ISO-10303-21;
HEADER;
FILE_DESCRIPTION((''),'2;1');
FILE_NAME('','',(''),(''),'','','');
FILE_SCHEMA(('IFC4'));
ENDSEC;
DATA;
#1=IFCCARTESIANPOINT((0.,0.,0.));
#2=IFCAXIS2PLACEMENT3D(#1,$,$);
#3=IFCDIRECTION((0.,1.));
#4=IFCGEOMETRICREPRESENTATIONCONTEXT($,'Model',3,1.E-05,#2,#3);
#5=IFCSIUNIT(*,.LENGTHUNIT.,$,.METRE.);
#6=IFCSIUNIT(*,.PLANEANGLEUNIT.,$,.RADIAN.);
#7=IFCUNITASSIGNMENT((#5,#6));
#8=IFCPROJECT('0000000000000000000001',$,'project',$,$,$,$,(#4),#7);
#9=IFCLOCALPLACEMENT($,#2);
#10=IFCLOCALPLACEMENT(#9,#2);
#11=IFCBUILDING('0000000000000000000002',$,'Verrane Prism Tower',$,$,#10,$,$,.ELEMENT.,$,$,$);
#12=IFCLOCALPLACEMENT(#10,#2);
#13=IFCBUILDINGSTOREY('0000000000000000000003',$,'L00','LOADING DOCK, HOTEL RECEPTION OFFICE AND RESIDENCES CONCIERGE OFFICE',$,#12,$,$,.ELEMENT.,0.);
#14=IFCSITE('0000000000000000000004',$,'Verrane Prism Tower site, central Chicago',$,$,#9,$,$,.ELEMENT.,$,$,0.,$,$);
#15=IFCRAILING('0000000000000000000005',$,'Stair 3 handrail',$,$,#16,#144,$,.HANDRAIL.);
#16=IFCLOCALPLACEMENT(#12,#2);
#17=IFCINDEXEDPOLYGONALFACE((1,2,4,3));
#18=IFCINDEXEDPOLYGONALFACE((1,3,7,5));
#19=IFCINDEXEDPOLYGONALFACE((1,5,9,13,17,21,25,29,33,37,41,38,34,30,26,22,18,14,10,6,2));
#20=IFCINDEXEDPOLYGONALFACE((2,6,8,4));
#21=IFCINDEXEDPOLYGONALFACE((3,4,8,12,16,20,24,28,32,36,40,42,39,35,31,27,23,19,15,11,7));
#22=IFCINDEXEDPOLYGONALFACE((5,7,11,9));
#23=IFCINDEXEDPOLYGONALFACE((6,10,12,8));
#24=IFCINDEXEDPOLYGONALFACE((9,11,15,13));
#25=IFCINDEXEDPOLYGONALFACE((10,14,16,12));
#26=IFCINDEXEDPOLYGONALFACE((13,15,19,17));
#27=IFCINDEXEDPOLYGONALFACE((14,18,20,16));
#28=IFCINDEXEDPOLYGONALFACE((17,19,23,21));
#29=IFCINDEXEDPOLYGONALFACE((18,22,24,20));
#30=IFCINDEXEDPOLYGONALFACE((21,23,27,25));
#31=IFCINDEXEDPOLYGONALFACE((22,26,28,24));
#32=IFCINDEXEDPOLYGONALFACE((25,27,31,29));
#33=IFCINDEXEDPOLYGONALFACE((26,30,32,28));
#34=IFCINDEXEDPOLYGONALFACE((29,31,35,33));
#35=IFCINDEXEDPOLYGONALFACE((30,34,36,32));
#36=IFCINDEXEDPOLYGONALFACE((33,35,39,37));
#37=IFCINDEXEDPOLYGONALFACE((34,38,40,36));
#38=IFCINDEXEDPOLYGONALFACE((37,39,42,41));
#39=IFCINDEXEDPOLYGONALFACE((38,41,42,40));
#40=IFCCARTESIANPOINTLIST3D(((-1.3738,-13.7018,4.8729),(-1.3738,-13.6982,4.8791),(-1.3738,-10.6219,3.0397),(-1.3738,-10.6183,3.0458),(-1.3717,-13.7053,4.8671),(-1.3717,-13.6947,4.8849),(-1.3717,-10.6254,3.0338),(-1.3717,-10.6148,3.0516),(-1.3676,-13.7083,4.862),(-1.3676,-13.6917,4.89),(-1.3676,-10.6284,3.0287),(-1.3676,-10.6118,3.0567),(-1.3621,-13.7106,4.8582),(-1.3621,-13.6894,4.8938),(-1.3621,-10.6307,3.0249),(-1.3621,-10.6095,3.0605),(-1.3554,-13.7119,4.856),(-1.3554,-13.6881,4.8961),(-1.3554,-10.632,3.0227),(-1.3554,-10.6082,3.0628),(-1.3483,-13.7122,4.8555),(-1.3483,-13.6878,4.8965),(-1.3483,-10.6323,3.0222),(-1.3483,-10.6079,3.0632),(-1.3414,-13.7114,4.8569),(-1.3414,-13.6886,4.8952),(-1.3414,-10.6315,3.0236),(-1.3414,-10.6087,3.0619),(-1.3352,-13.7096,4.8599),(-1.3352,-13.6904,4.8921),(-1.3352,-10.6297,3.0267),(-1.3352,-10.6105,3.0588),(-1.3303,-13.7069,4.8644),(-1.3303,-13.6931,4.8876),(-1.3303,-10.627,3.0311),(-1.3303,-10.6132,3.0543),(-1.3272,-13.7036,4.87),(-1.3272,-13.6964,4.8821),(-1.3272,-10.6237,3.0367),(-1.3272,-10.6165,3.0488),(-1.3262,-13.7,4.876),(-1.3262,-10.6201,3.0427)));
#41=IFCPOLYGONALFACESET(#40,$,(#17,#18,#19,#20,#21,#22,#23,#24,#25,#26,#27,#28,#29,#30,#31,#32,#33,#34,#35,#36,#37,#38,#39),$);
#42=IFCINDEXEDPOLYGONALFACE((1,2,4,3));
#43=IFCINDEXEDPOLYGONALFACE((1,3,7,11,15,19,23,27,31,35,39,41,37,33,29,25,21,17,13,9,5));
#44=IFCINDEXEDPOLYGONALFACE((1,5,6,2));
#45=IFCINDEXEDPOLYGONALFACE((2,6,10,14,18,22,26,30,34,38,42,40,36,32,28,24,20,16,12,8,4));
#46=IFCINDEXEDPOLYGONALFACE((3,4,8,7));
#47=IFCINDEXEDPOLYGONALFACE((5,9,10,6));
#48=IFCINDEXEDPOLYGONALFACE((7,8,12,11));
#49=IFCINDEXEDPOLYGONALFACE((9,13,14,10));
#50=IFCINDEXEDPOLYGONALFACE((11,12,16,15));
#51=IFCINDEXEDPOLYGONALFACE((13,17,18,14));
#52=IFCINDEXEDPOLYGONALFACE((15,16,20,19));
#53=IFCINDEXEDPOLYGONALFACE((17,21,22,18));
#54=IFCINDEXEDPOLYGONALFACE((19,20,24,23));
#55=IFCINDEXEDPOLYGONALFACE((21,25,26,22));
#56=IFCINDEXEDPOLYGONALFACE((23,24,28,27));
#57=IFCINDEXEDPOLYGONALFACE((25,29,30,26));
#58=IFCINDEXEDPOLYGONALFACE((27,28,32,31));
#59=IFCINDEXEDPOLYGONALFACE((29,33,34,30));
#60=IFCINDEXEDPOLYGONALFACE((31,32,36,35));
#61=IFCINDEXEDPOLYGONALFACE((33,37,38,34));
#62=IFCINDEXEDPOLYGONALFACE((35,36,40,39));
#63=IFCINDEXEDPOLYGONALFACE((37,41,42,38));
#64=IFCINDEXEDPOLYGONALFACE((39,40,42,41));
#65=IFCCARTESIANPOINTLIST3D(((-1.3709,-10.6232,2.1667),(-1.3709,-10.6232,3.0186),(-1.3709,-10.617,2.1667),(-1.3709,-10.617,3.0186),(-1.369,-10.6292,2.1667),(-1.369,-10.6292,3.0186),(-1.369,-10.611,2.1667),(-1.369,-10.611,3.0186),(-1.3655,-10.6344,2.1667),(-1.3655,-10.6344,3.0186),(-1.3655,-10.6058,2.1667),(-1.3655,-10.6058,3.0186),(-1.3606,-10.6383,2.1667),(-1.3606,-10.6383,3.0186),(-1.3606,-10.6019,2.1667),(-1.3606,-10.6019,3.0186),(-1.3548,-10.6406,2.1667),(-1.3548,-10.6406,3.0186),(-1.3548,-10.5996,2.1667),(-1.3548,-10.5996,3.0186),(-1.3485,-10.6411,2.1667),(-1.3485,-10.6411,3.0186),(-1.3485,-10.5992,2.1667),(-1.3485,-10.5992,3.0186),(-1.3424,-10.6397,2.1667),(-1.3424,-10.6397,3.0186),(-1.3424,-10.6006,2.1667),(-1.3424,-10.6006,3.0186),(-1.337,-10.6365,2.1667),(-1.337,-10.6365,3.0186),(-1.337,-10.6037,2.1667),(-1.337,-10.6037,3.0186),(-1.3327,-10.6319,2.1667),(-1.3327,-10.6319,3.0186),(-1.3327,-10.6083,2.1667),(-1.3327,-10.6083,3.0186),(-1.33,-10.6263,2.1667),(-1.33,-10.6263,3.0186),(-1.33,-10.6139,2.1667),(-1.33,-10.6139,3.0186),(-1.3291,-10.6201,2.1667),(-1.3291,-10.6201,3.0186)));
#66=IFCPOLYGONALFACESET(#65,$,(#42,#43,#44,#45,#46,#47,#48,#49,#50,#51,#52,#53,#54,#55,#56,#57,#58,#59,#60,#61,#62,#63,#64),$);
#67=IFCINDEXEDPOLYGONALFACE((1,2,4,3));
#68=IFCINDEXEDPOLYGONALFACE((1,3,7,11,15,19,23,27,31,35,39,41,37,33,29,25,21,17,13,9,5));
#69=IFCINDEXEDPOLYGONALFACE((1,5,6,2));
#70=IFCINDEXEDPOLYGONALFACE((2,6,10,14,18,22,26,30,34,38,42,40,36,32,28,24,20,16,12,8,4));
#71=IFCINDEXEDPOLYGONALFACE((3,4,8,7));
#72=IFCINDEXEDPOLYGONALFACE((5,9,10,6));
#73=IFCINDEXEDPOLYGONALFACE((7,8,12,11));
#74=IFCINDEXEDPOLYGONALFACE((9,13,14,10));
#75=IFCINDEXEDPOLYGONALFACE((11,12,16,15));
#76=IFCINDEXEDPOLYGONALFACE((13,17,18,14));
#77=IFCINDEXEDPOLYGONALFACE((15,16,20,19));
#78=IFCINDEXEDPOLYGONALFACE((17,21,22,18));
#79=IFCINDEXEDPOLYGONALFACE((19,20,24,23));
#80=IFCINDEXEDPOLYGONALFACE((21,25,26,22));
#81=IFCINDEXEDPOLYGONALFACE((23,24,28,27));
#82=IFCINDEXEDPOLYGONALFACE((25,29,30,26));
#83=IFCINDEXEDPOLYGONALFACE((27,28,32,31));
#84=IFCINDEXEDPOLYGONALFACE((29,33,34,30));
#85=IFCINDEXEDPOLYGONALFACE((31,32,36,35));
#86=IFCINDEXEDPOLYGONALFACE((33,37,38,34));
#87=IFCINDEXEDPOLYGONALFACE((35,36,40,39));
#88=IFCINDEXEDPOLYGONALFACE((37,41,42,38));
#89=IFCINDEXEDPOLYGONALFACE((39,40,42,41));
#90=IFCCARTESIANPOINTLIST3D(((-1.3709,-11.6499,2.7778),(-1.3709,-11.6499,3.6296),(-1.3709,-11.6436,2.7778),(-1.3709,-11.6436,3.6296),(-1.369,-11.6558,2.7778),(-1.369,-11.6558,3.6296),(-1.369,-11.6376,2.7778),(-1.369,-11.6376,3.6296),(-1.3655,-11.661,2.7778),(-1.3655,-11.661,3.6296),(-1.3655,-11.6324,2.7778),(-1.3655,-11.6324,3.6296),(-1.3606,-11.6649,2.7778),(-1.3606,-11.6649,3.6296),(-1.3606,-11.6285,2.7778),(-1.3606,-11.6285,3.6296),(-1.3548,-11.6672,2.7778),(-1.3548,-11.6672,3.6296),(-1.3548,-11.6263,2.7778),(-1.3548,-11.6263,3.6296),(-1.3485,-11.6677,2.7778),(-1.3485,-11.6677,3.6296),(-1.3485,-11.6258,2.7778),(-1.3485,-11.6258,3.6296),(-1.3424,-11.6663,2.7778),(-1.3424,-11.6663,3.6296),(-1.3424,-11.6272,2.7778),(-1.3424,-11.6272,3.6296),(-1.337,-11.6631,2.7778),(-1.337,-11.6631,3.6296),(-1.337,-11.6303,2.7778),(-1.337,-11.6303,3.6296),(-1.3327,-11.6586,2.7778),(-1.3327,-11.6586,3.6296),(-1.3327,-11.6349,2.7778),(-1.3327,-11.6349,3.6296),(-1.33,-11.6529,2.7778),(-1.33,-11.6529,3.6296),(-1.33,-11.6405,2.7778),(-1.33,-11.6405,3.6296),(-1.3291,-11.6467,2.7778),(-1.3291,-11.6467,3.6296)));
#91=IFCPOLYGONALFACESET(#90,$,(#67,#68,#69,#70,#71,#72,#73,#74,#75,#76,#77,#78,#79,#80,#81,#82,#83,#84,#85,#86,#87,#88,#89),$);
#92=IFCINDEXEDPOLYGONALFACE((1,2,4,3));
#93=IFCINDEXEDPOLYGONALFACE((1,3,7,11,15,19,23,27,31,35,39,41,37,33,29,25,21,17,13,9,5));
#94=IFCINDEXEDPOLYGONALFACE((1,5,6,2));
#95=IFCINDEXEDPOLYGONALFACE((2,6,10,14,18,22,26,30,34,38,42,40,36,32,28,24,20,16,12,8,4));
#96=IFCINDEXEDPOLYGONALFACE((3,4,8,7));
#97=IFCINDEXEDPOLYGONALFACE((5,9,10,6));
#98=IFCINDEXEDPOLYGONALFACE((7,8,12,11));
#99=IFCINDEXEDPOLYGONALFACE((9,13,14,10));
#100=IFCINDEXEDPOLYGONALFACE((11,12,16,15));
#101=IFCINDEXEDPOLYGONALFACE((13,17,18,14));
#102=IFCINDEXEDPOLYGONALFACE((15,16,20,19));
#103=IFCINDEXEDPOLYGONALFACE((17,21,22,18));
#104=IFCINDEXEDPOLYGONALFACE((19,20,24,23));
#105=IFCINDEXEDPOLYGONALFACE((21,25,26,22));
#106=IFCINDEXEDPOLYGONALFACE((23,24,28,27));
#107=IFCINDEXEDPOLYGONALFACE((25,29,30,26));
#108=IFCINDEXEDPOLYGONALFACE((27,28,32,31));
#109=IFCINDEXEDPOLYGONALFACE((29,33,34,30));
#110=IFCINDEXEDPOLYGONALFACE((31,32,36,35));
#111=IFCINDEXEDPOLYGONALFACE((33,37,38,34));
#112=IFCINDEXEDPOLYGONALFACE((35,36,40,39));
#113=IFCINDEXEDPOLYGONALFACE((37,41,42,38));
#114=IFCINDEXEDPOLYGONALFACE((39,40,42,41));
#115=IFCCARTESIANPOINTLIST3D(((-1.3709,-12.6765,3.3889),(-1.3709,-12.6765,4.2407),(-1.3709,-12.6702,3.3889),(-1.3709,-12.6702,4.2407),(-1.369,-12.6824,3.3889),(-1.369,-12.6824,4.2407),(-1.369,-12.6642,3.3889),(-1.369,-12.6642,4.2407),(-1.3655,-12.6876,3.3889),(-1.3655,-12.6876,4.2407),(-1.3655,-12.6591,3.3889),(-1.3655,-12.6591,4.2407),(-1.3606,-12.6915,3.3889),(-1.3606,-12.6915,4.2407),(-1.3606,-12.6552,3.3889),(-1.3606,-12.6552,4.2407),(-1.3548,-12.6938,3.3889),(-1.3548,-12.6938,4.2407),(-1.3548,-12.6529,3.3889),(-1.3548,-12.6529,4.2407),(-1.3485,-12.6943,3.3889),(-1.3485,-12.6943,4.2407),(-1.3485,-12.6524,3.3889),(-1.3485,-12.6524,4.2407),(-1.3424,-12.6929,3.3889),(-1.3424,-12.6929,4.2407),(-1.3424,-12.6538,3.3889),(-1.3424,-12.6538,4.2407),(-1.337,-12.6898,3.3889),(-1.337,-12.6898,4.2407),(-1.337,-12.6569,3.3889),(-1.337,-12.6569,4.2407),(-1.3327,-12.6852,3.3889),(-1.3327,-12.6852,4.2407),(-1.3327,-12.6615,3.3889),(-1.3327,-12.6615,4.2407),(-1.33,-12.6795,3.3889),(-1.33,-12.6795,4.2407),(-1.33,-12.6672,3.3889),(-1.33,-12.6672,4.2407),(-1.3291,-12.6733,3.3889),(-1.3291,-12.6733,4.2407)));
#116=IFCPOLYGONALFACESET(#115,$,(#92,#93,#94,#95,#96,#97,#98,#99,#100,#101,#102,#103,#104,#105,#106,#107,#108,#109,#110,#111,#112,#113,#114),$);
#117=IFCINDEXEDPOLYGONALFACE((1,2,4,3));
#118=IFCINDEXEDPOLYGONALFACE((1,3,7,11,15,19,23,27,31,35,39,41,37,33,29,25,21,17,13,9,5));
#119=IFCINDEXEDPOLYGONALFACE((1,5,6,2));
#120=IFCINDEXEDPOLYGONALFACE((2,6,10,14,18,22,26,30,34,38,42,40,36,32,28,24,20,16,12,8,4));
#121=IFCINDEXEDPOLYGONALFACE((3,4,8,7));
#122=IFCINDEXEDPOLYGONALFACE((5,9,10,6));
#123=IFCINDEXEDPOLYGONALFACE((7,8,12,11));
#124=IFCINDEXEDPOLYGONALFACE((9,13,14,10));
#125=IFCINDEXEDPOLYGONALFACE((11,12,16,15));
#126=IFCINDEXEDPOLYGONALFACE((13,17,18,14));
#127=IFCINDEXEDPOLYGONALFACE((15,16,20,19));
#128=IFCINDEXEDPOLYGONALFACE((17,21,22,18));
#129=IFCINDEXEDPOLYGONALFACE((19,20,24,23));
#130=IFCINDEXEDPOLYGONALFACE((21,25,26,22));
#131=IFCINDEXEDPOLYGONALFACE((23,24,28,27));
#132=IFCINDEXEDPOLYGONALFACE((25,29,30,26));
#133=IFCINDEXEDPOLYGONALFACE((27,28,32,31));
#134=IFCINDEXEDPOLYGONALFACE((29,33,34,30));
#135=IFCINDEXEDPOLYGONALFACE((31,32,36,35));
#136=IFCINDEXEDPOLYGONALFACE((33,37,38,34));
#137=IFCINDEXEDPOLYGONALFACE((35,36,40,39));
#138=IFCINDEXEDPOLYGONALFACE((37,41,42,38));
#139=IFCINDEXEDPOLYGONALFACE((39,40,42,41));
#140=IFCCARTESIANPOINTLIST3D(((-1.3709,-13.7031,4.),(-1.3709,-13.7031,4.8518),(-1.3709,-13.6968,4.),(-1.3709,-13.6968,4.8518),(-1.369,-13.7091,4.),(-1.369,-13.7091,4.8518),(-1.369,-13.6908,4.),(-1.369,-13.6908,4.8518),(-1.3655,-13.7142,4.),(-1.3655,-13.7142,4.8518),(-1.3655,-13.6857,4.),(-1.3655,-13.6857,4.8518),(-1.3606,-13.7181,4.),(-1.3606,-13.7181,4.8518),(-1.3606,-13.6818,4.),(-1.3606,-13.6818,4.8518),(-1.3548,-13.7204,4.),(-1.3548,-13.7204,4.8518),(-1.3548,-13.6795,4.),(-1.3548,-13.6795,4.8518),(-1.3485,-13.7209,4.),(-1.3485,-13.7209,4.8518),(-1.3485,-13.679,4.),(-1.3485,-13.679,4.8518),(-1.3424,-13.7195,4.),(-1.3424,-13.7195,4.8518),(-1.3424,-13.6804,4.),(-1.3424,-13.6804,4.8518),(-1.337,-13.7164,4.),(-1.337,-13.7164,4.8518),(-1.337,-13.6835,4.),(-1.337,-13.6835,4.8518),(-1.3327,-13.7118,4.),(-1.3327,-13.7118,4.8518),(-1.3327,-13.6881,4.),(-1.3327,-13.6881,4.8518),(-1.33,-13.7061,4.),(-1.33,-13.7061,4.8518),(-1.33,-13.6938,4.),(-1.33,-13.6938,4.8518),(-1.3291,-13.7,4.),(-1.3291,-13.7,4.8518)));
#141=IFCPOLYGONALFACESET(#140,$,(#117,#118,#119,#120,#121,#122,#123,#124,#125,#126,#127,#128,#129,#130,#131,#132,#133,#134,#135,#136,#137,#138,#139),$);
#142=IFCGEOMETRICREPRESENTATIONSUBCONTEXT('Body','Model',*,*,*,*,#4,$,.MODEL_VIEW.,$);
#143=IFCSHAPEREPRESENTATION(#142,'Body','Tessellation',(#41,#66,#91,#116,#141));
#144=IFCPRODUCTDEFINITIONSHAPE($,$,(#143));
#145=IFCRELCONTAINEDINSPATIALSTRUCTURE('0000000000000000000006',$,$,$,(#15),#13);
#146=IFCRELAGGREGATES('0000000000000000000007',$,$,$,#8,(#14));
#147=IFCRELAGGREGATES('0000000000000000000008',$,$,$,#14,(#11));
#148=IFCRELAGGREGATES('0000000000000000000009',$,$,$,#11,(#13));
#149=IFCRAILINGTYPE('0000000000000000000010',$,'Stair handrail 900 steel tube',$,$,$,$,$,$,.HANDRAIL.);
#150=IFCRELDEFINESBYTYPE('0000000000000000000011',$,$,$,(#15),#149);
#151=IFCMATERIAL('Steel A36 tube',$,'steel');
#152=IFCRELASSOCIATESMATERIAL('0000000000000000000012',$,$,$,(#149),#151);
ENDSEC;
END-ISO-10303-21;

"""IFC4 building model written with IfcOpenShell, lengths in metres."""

from ifc_helpers import new_model, si_unit, direction, frame, origin, origin_2d, place, context, subcontext, project, spatial, circle, extrude, material, type_object, element, save


model = new_model("IFC4")

# Units and contexts
model_context = context("Model", 3, precision=1e-05, world=origin(), true_north=direction((0.0, 1.0)))
body_context = subcontext(model_context, "Body", "Model", "MODEL_VIEW")
ifc_project = project(units=[si_unit("LENGTHUNIT", "METRE"), si_unit("PLANEANGLEUNIT", "RADIAN")], contexts=[model_context])

# Site, building, storey
site_placement = place(None, origin())
site = spatial("IfcSite", under=ifc_project, at=site_placement, Name="Verrane Prism Tower site, central Chicago", CompositionType="ELEMENT", RefElevation=0.0)
building_placement = place(site_placement, origin())
building = spatial("IfcBuilding", under=site, at=building_placement, Name="Verrane Prism Tower", CompositionType="ELEMENT")
storey_placement = place(building_placement, origin())
storey = spatial("IfcBuildingStorey", under=building, at=storey_placement, Name="L00", Description="LOADING DOCK, HOTEL RECEPTION OFFICE AND RESIDENCES CONCIERGE OFFICE", CompositionType="ELEMENT", Elevation=0.0)

# Railing
ifc_material_1 = material(Name="Steel A36 tube", Category="steel")
railing_type = type_object("IfcRailingType", Name="Stair handrail 900 steel tube", PredefinedType="HANDRAIL", material=ifc_material_1)
for number, where, name in (
    (1, (-1.3501, -10.6201, 2.1667), "Stair 3 handrail"),
):
    element("IfcRailing", number, at=place(storey_placement, frame(where)), inside=storey, type_object=railing_type, Name=name, PredefinedType="HANDRAIL", context=body_context, shape_type="SweptSolid", body=[
        extrude(circle(Radius=0.0239, at=origin_2d()), frame((0.0, 0.0, 0.876), z_axis=(0.0, -0.859291, 0.511487), x_axis=(1.0, 0.0, 0.0)), (0.0, 0.0, 1.0), 3.5842),
        extrude(circle(Radius=0.021, at=origin_2d()), origin(), (0.0, 0.0, 1.0), 0.8518),
        extrude(circle(Radius=0.021, at=origin_2d()), frame((0.0, -1.0266, 0.6111)), (0.0, 0.0, 1.0), 0.8518),
        extrude(circle(Radius=0.021, at=origin_2d()), frame((0.0, -2.0532, 1.2222)), (0.0, 0.0, 1.0), 0.8518),
        extrude(circle(Radius=0.021, at=origin_2d()), frame((0.0, -3.0798, 1.8333)), (0.0, 0.0, 1.0), 0.8518),
    ])

save(model, "model.ifc")
